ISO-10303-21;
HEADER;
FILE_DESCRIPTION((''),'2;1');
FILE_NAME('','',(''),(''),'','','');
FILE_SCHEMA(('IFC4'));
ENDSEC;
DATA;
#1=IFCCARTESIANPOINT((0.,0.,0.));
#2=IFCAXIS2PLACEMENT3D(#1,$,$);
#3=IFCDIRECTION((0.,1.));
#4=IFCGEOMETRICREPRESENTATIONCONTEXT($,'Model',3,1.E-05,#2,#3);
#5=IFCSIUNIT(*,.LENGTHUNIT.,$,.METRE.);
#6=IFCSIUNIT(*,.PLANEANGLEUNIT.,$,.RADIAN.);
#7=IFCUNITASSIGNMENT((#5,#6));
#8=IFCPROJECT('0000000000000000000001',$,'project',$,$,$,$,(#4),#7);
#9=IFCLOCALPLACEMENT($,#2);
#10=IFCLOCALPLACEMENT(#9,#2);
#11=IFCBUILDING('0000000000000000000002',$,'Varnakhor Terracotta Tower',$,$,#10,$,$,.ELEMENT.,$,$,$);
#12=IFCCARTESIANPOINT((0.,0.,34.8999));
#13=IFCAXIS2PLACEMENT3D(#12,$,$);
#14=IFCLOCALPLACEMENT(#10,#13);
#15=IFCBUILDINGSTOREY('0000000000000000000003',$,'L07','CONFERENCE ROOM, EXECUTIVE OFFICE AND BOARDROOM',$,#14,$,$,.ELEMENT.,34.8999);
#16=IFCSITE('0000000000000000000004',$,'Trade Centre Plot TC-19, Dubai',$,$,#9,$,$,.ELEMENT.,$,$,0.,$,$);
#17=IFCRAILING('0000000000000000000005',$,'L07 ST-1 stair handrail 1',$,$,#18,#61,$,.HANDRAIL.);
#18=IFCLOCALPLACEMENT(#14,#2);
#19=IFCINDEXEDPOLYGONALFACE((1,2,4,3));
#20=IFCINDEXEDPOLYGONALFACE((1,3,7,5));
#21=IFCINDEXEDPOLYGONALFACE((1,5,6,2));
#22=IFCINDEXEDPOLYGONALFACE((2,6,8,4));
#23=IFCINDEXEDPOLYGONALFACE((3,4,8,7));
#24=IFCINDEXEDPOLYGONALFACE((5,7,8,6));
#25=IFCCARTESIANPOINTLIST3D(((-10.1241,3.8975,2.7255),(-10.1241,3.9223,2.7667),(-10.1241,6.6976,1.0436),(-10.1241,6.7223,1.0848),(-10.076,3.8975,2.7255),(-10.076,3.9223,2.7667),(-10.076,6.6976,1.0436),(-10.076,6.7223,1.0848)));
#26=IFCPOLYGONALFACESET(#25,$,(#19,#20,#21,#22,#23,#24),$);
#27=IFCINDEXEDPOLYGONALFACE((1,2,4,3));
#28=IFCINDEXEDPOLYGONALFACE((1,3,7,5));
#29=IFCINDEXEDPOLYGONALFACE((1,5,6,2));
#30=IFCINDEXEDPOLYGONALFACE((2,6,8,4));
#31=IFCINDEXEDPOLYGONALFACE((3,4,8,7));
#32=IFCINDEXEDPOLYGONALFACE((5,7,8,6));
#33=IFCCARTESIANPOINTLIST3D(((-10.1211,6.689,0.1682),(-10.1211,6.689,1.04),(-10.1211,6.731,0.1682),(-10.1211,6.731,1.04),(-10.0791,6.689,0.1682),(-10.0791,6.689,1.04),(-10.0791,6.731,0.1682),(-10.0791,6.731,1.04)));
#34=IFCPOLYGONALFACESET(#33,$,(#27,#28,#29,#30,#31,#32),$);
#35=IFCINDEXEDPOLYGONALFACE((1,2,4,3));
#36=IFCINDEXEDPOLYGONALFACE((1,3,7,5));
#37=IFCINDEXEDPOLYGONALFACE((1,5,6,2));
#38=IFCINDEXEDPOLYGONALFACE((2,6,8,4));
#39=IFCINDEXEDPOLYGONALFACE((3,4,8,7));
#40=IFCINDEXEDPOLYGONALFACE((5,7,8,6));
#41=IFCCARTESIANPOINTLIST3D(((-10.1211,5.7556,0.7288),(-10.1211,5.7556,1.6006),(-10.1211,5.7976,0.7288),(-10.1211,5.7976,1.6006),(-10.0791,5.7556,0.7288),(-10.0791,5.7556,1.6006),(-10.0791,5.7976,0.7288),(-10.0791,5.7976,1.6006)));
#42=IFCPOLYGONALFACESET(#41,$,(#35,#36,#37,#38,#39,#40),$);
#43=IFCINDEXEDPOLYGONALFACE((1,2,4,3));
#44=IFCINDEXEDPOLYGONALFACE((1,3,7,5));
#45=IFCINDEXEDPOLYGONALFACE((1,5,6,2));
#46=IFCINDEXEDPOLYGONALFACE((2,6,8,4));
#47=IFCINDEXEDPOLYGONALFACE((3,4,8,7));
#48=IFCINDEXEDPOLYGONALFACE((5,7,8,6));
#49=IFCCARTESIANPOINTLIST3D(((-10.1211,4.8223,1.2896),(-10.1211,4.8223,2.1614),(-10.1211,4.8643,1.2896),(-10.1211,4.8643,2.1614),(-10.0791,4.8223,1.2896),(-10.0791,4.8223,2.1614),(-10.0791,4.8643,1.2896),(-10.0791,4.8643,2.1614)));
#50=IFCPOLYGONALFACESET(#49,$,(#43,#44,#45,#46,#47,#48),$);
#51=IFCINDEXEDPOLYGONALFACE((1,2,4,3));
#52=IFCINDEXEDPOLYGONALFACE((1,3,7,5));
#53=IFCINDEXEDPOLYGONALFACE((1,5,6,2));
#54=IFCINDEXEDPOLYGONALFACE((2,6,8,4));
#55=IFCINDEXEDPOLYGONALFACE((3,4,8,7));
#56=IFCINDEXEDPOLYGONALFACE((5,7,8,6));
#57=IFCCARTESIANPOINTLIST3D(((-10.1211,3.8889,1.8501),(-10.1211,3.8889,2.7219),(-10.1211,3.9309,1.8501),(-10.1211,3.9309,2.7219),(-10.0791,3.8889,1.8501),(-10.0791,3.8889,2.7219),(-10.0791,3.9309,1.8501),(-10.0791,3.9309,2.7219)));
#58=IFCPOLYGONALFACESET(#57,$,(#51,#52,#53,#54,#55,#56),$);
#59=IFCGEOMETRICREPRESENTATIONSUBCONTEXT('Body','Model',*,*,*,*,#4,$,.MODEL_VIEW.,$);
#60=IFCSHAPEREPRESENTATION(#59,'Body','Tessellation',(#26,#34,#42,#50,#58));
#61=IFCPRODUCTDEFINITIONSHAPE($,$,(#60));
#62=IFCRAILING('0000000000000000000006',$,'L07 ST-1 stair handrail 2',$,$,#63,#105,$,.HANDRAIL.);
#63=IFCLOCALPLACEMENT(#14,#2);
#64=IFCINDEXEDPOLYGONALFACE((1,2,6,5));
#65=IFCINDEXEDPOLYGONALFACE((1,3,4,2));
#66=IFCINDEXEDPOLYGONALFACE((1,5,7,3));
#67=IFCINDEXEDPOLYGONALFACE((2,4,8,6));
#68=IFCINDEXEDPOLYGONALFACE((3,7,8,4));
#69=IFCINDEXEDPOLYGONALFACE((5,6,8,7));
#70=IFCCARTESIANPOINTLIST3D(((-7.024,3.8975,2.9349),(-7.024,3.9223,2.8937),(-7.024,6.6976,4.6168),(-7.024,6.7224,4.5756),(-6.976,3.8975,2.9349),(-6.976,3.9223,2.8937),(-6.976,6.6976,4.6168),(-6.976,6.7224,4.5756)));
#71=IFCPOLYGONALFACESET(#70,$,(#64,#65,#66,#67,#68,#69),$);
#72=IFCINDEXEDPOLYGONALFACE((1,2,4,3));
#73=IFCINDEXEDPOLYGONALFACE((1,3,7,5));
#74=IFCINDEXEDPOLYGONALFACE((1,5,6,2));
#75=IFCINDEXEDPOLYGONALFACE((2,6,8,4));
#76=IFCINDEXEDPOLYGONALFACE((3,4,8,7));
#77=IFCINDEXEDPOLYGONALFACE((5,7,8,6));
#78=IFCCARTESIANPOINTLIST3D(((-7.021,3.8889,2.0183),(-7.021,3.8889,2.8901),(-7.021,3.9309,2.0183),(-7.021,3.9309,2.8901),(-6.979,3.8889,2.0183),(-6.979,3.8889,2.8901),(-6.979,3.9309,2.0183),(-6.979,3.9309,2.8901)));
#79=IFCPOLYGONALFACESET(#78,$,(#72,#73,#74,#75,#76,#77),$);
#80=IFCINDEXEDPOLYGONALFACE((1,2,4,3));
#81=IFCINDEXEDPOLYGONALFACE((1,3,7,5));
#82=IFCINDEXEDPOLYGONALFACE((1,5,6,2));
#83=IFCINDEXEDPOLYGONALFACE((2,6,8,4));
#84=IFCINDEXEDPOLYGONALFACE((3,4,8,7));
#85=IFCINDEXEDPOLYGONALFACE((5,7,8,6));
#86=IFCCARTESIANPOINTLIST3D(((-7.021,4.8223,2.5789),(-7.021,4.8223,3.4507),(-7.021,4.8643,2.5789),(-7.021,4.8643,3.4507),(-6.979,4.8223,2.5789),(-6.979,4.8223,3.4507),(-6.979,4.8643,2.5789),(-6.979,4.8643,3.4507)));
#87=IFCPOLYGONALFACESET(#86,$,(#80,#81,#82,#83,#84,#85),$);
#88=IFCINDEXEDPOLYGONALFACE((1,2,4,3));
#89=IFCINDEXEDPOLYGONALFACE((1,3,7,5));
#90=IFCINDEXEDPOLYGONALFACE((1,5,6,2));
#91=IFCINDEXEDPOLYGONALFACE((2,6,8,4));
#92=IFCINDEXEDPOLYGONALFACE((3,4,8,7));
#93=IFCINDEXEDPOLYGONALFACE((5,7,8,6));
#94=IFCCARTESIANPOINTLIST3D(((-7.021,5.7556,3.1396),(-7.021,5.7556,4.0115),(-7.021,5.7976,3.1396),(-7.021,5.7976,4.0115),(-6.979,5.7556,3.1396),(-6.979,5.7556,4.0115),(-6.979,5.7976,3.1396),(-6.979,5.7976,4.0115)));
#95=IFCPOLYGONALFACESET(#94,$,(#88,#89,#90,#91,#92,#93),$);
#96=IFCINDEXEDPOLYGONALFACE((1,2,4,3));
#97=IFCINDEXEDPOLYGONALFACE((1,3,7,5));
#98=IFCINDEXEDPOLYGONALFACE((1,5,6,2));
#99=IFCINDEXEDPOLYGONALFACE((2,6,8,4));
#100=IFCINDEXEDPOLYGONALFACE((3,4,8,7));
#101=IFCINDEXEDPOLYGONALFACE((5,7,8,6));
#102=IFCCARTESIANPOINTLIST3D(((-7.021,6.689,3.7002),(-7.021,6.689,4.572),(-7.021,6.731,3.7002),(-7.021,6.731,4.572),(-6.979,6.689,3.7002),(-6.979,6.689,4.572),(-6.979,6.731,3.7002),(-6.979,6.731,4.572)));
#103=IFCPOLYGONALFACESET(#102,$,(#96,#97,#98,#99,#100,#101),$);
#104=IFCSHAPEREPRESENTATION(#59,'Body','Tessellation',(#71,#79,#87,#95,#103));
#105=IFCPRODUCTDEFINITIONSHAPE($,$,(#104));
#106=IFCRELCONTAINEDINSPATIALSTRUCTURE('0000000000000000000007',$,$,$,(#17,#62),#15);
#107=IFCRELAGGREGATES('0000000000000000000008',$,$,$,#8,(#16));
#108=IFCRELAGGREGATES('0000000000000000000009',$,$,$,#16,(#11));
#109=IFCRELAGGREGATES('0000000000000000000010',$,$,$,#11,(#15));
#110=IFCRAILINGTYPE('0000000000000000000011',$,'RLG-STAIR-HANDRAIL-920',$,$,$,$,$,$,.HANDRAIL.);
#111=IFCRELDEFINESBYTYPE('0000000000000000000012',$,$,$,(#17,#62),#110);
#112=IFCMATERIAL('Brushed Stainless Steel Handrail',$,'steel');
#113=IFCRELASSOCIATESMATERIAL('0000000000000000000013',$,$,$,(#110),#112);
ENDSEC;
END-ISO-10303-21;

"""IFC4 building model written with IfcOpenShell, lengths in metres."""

from ifc_helpers import new_model, si_unit, direction, frame, origin, origin_2d, place, context, subcontext, project, spatial, rectangle, extrude, material, type_object, element, save


model = new_model("IFC4")

# Units and contexts
model_context = context("Model", 3, precision=1e-05, world=origin(), true_north=direction((0.0, 1.0)))
body_context = subcontext(model_context, "Body", "Model", "MODEL_VIEW")
ifc_project = project(units=[si_unit("LENGTHUNIT", "METRE"), si_unit("PLANEANGLEUNIT", "RADIAN")], contexts=[model_context])

# Site, building, storey
site_placement = place(None, origin())
site = spatial("IfcSite", under=ifc_project, at=site_placement, Name="Trade Centre Plot TC-19, Dubai", CompositionType="ELEMENT", RefElevation=0.0)
building_placement = place(site_placement, origin())
building = spatial("IfcBuilding", under=site, at=building_placement, Name="Varnakhor Terracotta Tower", CompositionType="ELEMENT")
storey_placement = place(building_placement, frame((0.0, 0.0, 34.8999)))
storey = spatial("IfcBuildingStorey", under=building, at=storey_placement, Name="L07", Description="CONFERENCE ROOM, EXECUTIVE OFFICE AND BOARDROOM", CompositionType="ELEMENT", Elevation=34.8999)

# Railings
ifc_material_1 = material(Name="Brushed Stainless Steel Handrail", Category="steel")
railing_type_1 = type_object("IfcRailingType", Name="RLG-STAIR-HANDRAIL-920", PredefinedType="HANDRAIL", material=ifc_material_1)
railing_1_placement = place(storey_placement, frame((-10.1001, 6.71, 0.1682)))
element("IfcRailing", 1, at=railing_1_placement, inside=storey, type_object=railing_type_1, Name="L07 ST-1 stair handrail 1", PredefinedType="HANDRAIL", context=body_context, shape_type="SweptSolid", body=[
    extrude(rectangle(XDim=0.0481, YDim=0.0481, at=origin_2d()), frame((0.0, 0.0, 0.896), z_axis=(0.0, -0.857242, 0.514913), x_axis=(1.0, 0.0, 0.0)), (0.0, 0.0, 1.0), 3.2664),
    extrude(rectangle(XDim=0.042, YDim=0.042, at=origin_2d()), origin(), (0.0, 0.0, 1.0), 0.8718),
    extrude(rectangle(XDim=0.042, YDim=0.042, at=origin_2d()), frame((0.0, -0.9333, 0.5605)), (0.0, 0.0, 1.0), 0.8718),
    extrude(rectangle(XDim=0.042, YDim=0.042, at=origin_2d()), frame((0.0, -1.8667, 1.1213)), (0.0, 0.0, 1.0), 0.8718),
    extrude(rectangle(XDim=0.042, YDim=0.042, at=origin_2d()), frame((0.0, -2.8, 1.6819)), (0.0, 0.0, 1.0), 0.8718),
])
railing_2_placement = place(storey_placement, frame((-7.0, 3.9099, 2.0183)))
element("IfcRailing", 2, at=railing_2_placement, inside=storey, type_object=railing_type_1, Name="L07 ST-1 stair handrail 2", PredefinedType="HANDRAIL", context=body_context, shape_type="SweptSolid", body=[
    extrude(rectangle(XDim=0.0481, YDim=0.0481, at=origin_2d()), frame((0.0, 0.0, 0.896), z_axis=(0.0, 0.857242, 0.514913), x_axis=(-1.0, 0.0, 0.0)), (0.0, 0.0, 1.0), 3.2664),
    extrude(rectangle(XDim=0.042, YDim=0.042, at=origin_2d()), origin(), (0.0, 0.0, 1.0), 0.8718),
    extrude(rectangle(XDim=0.042, YDim=0.042, at=origin_2d()), frame((0.0, 0.9333, 0.5605)), (0.0, 0.0, 1.0), 0.8718),
    extrude(rectangle(XDim=0.042, YDim=0.042, at=origin_2d()), frame((0.0, 1.8667, 1.1213)), (0.0, 0.0, 1.0), 0.8718),
    extrude(rectangle(XDim=0.042, YDim=0.042, at=origin_2d()), frame((0.0, 2.8, 1.6819)), (0.0, 0.0, 1.0), 0.8718),
])

save(model, "model.ifc")
